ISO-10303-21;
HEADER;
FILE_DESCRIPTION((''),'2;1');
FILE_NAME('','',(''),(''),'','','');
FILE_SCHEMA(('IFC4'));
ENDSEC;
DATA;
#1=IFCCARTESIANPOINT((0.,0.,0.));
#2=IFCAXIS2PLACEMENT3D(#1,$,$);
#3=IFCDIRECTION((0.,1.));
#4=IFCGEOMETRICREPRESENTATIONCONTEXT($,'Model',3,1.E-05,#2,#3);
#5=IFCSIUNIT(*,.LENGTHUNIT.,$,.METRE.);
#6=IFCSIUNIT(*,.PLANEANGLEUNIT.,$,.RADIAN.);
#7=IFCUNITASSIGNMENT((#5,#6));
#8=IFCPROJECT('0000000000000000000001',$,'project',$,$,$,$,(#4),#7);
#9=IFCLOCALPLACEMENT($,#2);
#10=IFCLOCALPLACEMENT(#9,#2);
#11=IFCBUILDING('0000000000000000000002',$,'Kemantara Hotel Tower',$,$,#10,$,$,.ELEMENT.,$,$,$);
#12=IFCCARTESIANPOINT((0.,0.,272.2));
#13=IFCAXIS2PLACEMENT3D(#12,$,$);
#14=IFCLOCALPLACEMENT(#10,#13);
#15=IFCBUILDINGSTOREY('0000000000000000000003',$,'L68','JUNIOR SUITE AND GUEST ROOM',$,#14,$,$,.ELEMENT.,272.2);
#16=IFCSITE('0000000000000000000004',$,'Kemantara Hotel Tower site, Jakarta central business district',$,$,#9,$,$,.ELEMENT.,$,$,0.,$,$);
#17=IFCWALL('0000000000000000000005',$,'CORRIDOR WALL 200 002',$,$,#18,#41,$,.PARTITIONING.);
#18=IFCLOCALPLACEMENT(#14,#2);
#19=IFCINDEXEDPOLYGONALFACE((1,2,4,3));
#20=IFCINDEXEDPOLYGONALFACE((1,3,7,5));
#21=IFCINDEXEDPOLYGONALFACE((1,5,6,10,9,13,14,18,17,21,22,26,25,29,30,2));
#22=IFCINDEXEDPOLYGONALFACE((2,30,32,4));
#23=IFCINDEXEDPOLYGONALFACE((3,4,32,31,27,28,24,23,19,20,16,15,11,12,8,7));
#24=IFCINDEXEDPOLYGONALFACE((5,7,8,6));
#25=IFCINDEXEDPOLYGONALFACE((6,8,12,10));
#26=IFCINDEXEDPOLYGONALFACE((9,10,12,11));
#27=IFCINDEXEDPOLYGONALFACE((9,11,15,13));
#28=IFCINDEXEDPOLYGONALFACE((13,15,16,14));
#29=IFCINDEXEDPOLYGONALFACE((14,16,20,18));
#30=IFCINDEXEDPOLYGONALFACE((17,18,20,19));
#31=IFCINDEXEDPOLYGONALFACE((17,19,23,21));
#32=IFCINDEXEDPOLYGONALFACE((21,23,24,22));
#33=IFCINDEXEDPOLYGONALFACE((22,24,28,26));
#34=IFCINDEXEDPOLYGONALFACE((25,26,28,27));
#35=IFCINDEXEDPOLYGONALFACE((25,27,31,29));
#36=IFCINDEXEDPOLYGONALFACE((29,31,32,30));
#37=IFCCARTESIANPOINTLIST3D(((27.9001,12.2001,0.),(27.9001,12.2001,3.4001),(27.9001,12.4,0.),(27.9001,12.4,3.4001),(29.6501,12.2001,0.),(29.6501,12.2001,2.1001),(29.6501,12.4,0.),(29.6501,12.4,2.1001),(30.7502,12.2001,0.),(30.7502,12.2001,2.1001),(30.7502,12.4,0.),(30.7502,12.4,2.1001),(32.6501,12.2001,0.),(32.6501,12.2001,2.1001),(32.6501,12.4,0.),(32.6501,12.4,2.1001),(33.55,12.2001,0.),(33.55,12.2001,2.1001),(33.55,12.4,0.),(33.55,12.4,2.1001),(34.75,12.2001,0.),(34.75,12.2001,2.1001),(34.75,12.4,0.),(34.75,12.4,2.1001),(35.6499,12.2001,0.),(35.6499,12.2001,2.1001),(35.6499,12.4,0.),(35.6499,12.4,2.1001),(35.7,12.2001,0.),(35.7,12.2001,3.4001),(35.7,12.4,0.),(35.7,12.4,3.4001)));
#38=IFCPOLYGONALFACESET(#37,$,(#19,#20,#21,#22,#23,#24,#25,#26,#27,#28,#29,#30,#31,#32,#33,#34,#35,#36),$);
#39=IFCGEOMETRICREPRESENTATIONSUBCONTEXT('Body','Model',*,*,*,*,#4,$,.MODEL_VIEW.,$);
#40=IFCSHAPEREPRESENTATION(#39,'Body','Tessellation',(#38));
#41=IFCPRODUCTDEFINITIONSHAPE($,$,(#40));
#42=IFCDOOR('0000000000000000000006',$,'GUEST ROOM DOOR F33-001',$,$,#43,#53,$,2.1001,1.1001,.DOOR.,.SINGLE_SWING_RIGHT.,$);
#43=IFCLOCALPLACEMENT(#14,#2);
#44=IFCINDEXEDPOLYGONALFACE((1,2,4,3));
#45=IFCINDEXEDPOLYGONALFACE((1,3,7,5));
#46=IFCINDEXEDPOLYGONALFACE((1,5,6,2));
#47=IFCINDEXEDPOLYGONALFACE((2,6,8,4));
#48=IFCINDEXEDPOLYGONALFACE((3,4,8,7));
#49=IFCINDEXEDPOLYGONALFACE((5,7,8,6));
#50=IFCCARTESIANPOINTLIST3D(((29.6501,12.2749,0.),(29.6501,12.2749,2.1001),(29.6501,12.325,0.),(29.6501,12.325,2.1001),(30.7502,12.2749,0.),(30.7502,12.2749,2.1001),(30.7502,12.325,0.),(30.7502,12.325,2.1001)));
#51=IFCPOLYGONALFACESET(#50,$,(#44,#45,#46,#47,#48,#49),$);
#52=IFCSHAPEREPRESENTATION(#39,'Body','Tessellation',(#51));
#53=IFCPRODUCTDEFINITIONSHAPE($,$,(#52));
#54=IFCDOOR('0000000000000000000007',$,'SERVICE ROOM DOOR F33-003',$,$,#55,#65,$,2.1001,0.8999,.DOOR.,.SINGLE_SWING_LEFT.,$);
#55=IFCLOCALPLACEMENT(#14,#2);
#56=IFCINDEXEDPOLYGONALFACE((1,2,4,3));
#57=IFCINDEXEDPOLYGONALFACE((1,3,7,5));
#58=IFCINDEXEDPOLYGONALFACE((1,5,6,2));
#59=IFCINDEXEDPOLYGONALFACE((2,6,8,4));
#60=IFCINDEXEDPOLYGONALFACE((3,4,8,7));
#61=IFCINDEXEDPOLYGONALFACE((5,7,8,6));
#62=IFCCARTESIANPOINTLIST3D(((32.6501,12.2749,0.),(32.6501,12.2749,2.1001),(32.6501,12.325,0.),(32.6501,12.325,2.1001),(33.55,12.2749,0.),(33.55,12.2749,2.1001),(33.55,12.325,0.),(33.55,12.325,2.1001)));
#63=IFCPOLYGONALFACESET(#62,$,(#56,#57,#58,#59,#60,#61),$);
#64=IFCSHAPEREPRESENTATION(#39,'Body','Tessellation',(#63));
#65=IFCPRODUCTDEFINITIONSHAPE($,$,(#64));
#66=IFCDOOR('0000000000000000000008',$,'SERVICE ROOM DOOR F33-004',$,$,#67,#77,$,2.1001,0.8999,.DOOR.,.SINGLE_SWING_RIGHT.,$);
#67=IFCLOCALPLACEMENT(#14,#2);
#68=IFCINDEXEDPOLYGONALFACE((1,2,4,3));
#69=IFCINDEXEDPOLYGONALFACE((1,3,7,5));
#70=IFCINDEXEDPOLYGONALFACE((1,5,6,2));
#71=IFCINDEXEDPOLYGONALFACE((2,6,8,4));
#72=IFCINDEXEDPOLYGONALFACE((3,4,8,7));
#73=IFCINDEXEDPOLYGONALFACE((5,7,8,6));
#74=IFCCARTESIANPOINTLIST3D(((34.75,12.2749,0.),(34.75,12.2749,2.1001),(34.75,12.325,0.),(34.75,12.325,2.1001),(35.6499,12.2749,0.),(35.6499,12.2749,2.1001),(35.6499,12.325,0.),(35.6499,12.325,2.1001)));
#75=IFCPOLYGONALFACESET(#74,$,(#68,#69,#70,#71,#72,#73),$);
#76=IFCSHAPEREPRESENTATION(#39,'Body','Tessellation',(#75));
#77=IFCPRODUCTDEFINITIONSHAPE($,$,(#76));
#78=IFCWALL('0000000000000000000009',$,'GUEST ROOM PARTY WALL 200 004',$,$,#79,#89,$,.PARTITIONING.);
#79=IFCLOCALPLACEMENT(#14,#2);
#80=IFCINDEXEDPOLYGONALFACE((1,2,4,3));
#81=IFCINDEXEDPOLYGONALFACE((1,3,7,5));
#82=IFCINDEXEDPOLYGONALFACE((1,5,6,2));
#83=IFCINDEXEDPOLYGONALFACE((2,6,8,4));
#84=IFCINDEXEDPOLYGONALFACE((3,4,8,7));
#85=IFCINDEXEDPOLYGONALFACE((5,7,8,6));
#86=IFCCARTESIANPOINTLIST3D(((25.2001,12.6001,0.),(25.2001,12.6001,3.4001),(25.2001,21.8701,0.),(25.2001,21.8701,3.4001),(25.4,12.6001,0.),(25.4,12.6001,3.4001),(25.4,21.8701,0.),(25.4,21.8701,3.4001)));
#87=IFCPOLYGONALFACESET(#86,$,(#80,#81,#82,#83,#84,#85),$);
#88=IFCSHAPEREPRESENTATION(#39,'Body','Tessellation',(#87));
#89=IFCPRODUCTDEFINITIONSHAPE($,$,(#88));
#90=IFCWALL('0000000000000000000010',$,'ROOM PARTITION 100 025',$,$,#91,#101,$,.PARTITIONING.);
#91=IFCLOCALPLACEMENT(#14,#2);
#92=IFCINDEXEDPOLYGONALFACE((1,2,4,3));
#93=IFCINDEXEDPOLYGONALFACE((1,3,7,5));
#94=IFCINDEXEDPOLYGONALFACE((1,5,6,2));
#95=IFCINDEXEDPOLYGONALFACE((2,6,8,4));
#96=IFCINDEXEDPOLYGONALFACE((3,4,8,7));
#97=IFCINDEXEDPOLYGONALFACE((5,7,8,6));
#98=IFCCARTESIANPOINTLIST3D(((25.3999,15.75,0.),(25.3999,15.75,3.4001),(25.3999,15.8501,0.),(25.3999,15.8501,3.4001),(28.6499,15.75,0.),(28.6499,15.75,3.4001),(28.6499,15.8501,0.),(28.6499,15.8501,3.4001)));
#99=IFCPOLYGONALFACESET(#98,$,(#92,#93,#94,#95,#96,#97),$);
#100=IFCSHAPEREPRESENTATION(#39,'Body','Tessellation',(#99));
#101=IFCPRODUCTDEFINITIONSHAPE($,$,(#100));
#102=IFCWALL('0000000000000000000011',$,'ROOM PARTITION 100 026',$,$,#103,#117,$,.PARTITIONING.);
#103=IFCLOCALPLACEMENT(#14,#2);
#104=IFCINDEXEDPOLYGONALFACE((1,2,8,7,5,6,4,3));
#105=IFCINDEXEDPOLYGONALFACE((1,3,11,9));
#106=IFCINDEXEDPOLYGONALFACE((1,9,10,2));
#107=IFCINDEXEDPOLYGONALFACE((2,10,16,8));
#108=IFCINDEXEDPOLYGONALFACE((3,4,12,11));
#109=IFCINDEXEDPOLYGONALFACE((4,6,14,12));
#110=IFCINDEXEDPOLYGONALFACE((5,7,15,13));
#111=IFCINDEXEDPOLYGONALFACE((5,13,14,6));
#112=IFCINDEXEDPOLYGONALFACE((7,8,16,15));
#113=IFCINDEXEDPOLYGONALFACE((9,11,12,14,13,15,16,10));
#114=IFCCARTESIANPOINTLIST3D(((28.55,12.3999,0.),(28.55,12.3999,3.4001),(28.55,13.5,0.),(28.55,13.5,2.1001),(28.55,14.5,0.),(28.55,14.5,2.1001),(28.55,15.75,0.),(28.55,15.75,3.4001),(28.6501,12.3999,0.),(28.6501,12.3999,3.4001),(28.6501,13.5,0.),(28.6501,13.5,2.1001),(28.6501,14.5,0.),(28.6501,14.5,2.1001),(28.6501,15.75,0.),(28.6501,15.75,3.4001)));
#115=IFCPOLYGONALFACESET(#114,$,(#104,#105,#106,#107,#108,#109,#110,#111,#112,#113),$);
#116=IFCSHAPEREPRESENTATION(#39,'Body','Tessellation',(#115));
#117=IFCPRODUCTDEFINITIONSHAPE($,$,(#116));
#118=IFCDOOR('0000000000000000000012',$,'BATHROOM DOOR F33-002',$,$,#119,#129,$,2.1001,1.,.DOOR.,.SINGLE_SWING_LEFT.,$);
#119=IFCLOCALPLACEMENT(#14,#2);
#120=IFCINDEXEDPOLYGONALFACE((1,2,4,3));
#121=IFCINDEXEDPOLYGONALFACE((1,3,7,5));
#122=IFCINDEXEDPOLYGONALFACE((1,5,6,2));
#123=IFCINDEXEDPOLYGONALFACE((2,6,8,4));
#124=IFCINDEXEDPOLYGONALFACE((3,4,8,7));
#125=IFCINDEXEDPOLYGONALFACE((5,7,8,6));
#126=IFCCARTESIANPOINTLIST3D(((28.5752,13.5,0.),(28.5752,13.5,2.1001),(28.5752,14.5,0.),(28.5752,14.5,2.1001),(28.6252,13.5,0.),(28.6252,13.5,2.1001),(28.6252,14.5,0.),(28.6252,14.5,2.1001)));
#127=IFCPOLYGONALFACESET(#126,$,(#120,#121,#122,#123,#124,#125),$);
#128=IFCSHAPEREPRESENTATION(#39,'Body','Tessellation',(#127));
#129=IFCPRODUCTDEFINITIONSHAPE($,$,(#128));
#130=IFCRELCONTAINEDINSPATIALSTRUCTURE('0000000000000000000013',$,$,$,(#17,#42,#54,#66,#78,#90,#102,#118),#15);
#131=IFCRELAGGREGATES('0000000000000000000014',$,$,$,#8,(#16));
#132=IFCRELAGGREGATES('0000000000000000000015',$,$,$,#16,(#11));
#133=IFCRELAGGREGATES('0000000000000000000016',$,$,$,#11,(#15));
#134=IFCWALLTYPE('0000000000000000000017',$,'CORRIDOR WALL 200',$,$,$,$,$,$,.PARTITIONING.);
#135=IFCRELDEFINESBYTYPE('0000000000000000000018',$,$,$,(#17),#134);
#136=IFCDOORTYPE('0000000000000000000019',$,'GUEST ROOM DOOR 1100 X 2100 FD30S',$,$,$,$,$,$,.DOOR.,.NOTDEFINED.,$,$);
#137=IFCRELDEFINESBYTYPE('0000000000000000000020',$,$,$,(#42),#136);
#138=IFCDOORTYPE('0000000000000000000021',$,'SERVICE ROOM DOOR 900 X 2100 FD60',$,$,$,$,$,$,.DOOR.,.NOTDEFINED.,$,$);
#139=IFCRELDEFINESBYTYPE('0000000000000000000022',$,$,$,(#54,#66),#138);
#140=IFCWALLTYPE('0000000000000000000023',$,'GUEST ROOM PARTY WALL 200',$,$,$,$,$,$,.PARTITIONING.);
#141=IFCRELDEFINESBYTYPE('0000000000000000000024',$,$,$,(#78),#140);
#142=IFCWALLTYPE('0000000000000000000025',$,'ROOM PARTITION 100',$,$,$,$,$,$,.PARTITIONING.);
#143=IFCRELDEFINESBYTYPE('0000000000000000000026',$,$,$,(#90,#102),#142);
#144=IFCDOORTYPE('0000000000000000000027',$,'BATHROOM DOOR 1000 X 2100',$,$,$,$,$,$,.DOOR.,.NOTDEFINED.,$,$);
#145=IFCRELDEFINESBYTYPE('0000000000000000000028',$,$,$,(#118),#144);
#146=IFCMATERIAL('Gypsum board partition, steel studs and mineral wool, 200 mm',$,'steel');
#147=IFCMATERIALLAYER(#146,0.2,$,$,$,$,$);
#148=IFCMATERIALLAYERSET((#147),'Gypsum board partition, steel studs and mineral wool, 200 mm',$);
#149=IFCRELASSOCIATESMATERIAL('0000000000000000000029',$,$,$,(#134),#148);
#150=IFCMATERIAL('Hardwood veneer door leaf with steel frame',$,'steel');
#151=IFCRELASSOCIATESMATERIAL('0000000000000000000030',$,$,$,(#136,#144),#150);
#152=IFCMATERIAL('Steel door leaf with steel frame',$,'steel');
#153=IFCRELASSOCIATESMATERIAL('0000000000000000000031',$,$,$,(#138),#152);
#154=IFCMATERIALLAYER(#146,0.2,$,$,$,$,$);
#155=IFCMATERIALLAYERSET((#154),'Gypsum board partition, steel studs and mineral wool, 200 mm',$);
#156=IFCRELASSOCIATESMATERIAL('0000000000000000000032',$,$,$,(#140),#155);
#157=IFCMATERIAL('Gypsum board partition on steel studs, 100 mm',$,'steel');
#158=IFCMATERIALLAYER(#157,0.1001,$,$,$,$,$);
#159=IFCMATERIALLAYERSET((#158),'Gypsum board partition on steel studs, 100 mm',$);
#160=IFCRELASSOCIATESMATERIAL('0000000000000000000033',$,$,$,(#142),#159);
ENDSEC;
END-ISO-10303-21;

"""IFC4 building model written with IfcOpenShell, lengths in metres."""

from ifc_helpers import new_model, si_unit, direction, frame, frame_2d, origin, place, context, subcontext, project, spatial, rectangle, extrude, material, layer, layer_set, type_object, element, fill, save


model = new_model("IFC4")

# Units and contexts
model_context = context("Model", 3, precision=1e-05, world=origin(), true_north=direction((0.0, 1.0)))
body_context = subcontext(model_context, "Body", "Model", "MODEL_VIEW")
ifc_project = project(units=[si_unit("LENGTHUNIT", "METRE"), si_unit("PLANEANGLEUNIT", "RADIAN")], contexts=[model_context])

# Site, building, storey
site_placement = place(None, origin())
site = spatial("IfcSite", under=ifc_project, at=site_placement, Name="Kemantara Hotel Tower site, Jakarta central business district", CompositionType="ELEMENT", RefElevation=0.0)
building_placement = place(site_placement, origin())
building = spatial("IfcBuilding", under=site, at=building_placement, Name="Kemantara Hotel Tower", CompositionType="ELEMENT")
storey_placement = place(building_placement, frame((0.0, 0.0, 272.2)))
storey = spatial("IfcBuildingStorey", under=building, at=storey_placement, Name="L68", Description="JUNIOR SUITE AND GUEST ROOM", CompositionType="ELEMENT", Elevation=272.2)

# Shared definitions
ifc_material_1 = material(Name="Gypsum board partition, steel studs and mineral wool, 200 mm", Category="steel")
ifc_layer_1 = layer(ifc_material_1, 0.2)
ifc_layer_set_1 = layer_set([ifc_layer_1], Name="Gypsum board partition, steel studs and mineral wool, 200 mm")
wall_type_1 = type_object("IfcWallType", Name="CORRIDOR WALL 200", PredefinedType="PARTITIONING", material=ifc_layer_set_1)

# Wall, openings, doors
wall_1_placement = place(storey_placement, frame((27.9001, 12.3, 0.0), z_axis=(0.0, 0.0, 1.0), x_axis=(1.0, 0.0, 0.0)))
wall_1 = element("IfcWall", 1, at=wall_1_placement, inside=storey, type_object=wall_type_1, Name="CORRIDOR WALL 200 002", PredefinedType="PARTITIONING", context=body_context, shape_type="SweptSolid", body=[
    extrude(rectangle(XDim=7.7998, YDim=0.2, at=frame_2d((3.8999, 0.0))), origin(), (0.0, 0.0, 1.0), 3.4001),
])
opening_1_placement = place(wall_1_placement, frame((1.75, 0.0, 0.0)))
opening_1 = element("IfcOpeningElement", 2, at=opening_1_placement, cuts=wall_1, PredefinedType="OPENING", context=body_context, shape_type="SweptSolid", body=[
    extrude(rectangle(XDim=1.1001, YDim=2.1001, at=frame_2d((0.55, 1.05))), frame((0.0, 0.1099, 0.0), z_axis=(0.0, -1.0, 0.0), x_axis=(1.0, 0.0, 0.0)), (0.0, 0.0, 1.0), 0.22),
])
opening_2_placement = place(wall_1_placement, frame((4.75, 0.0, 0.0)))
opening_2 = element("IfcOpeningElement", 3, at=opening_2_placement, cuts=wall_1, PredefinedType="OPENING", context=body_context, shape_type="SweptSolid", body=[
    extrude(rectangle(XDim=0.8999, YDim=2.1001, at=frame_2d((0.45, 1.05))), frame((0.0, 0.1099, 0.0), z_axis=(0.0, -1.0, 0.0), x_axis=(1.0, 0.0, 0.0)), (0.0, 0.0, 1.0), 0.22),
])
opening_3_placement = place(wall_1_placement, frame((6.8499, 0.0, 0.0)))
opening_3 = element("IfcOpeningElement", 4, at=opening_3_placement, cuts=wall_1, PredefinedType="OPENING", context=body_context, shape_type="SweptSolid", body=[
    extrude(rectangle(XDim=0.8999, YDim=2.1001, at=frame_2d((0.45, 1.05))), frame((0.0, 0.1099, 0.0), z_axis=(0.0, -1.0, 0.0), x_axis=(1.0, 0.0, 0.0)), (0.0, 0.0, 1.0), 0.22),
])
ifc_material_2 = material(Name="Hardwood veneer door leaf with steel frame", Category="steel")
door_type_1 = type_object("IfcDoorType", Name="GUEST ROOM DOOR 1100 X 2100 FD30S", OperationType="NOTDEFINED", PredefinedType="DOOR", material=ifc_material_2)
door_1_placement = place(opening_1_placement, origin())
door_1 = element("IfcDoor", 5, at=door_1_placement, inside=storey, type_object=door_type_1, Name="GUEST ROOM DOOR F33-001", OperationType="SINGLE_SWING_RIGHT", OverallHeight=2.1001, OverallWidth=1.1001, PredefinedType="DOOR", context=body_context, shape_type="SweptSolid", body=[
    extrude(rectangle(XDim=1.1001, YDim=2.1001, at=frame_2d((0.55, 1.05))), frame((0.0, 0.0249, 0.0), z_axis=(0.0, -1.0, 0.0), x_axis=(1.0, 0.0, 0.0)), (0.0, 0.0, 1.0), 0.05),
])
fill(opening_1, door_1)
ifc_material_3 = material(Name="Steel door leaf with steel frame", Category="steel")
door_type_2 = type_object("IfcDoorType", Name="SERVICE ROOM DOOR 900 X 2100 FD60", OperationType="NOTDEFINED", PredefinedType="DOOR", material=ifc_material_3)
door_2_placement = place(opening_2_placement, origin())
door_2 = element("IfcDoor", 6, at=door_2_placement, inside=storey, type_object=door_type_2, Name="SERVICE ROOM DOOR F33-003", OperationType="SINGLE_SWING_LEFT", OverallHeight=2.1001, OverallWidth=0.8999, PredefinedType="DOOR", context=body_context, shape_type="SweptSolid", body=[
    extrude(rectangle(XDim=0.8999, YDim=2.1001, at=frame_2d((0.45, 1.05))), frame((0.0, 0.0249, 0.0), z_axis=(0.0, -1.0, 0.0), x_axis=(1.0, 0.0, 0.0)), (0.0, 0.0, 1.0), 0.05),
])
fill(opening_2, door_2)
door_3_placement = place(opening_3_placement, origin())
door_3 = element("IfcDoor", 7, at=door_3_placement, inside=storey, type_object=door_type_2, Name="SERVICE ROOM DOOR F33-004", OperationType="SINGLE_SWING_RIGHT", OverallHeight=2.1001, OverallWidth=0.8999, PredefinedType="DOOR", context=body_context, shape_type="SweptSolid", body=[
    extrude(rectangle(XDim=0.8999, YDim=2.1001, at=frame_2d((0.45, 1.05))), frame((0.0, 0.0249, 0.0), z_axis=(0.0, -1.0, 0.0), x_axis=(1.0, 0.0, 0.0)), (0.0, 0.0, 1.0), 0.05),
])
fill(opening_3, door_3)

# Walls
ifc_layer_2 = layer(ifc_material_1, 0.2)
ifc_layer_set_2 = layer_set([ifc_layer_2], Name="Gypsum board partition, steel studs and mineral wool, 200 mm")
wall_type_2 = type_object("IfcWallType", Name="GUEST ROOM PARTY WALL 200", PredefinedType="PARTITIONING", material=ifc_layer_set_2)
wall_2_placement = place(storey_placement, frame((25.3, 12.6001, 0.0), z_axis=(0.0, 0.0, 1.0), x_axis=(0.0, 1.0, 0.0)))
element("IfcWall", 8, at=wall_2_placement, inside=storey, type_object=wall_type_2, Name="GUEST ROOM PARTY WALL 200 004", PredefinedType="PARTITIONING", context=body_context, shape_type="SweptSolid", body=[
    extrude(rectangle(XDim=9.27, YDim=0.2, at=frame_2d((4.635, 0.0))), origin(), (0.0, 0.0, 1.0), 3.4001),
])
ifc_material_4 = material(Name="Gypsum board partition on steel studs, 100 mm", Category="steel")
ifc_layer_3 = layer(ifc_material_4, 0.1001)
ifc_layer_set_3 = layer_set([ifc_layer_3], Name="Gypsum board partition on steel studs, 100 mm")
wall_type_3 = type_object("IfcWallType", Name="ROOM PARTITION 100", PredefinedType="PARTITIONING", material=ifc_layer_set_3)
wall_3_placement = place(storey_placement, frame((25.3999, 15.8, 0.0), z_axis=(0.0, 0.0, 1.0), x_axis=(1.0, 0.0, 0.0)))
element("IfcWall", 9, at=wall_3_placement, inside=storey, type_object=wall_type_3, Name="ROOM PARTITION 100 025", PredefinedType="PARTITIONING", context=body_context, shape_type="SweptSolid", body=[
    extrude(rectangle(XDim=3.25, YDim=0.1001, at=frame_2d((1.625, 0.0))), origin(), (0.0, 0.0, 1.0), 3.4001),
])

# Wall, opening, door
wall_4_placement = place(storey_placement, frame((28.6001, 12.3999, 0.0), z_axis=(0.0, 0.0, 1.0), x_axis=(0.0, 1.0, 0.0)))
wall_4 = element("IfcWall", 10, at=wall_4_placement, inside=storey, type_object=wall_type_3, Name="ROOM PARTITION 100 026", PredefinedType="PARTITIONING", context=body_context, shape_type="SweptSolid", body=[
    extrude(rectangle(XDim=3.3501, YDim=0.1001, at=frame_2d((1.675, 0.0))), origin(), (0.0, 0.0, 1.0), 3.4001),
])
opening_4_placement = place(wall_4_placement, frame((1.1001, 0.0, 0.0)))
opening_4 = element("IfcOpeningElement", 11, at=opening_4_placement, cuts=wall_4, PredefinedType="OPENING", context=body_context, shape_type="SweptSolid", body=[
    extrude(rectangle(XDim=1.0, YDim=2.1001, at=frame_2d((0.5, 1.05))), frame((0.0, 0.0601, 0.0), z_axis=(0.0, -1.0, 0.0), x_axis=(1.0, 0.0, 0.0)), (0.0, 0.0, 1.0), 0.1201),
])
door_type_3 = type_object("IfcDoorType", Name="BATHROOM DOOR 1000 X 2100", OperationType="NOTDEFINED", PredefinedType="DOOR", material=ifc_material_2)
door_4_placement = place(opening_4_placement, origin())
door_4 = element("IfcDoor", 12, at=door_4_placement, inside=storey, type_object=door_type_3, Name="BATHROOM DOOR F33-002", OperationType="SINGLE_SWING_LEFT", OverallHeight=2.1001, OverallWidth=1.0, PredefinedType="DOOR", context=body_context, shape_type="SweptSolid", body=[
    extrude(rectangle(XDim=1.0, YDim=2.1001, at=frame_2d((0.5, 1.05))), frame((0.0, 0.0249, 0.0), z_axis=(0.0, -1.0, 0.0), x_axis=(1.0, 0.0, 0.0)), (0.0, 0.0, 1.0), 0.05),
])
fill(opening_4, door_4)

save(model, "model.ifc")
